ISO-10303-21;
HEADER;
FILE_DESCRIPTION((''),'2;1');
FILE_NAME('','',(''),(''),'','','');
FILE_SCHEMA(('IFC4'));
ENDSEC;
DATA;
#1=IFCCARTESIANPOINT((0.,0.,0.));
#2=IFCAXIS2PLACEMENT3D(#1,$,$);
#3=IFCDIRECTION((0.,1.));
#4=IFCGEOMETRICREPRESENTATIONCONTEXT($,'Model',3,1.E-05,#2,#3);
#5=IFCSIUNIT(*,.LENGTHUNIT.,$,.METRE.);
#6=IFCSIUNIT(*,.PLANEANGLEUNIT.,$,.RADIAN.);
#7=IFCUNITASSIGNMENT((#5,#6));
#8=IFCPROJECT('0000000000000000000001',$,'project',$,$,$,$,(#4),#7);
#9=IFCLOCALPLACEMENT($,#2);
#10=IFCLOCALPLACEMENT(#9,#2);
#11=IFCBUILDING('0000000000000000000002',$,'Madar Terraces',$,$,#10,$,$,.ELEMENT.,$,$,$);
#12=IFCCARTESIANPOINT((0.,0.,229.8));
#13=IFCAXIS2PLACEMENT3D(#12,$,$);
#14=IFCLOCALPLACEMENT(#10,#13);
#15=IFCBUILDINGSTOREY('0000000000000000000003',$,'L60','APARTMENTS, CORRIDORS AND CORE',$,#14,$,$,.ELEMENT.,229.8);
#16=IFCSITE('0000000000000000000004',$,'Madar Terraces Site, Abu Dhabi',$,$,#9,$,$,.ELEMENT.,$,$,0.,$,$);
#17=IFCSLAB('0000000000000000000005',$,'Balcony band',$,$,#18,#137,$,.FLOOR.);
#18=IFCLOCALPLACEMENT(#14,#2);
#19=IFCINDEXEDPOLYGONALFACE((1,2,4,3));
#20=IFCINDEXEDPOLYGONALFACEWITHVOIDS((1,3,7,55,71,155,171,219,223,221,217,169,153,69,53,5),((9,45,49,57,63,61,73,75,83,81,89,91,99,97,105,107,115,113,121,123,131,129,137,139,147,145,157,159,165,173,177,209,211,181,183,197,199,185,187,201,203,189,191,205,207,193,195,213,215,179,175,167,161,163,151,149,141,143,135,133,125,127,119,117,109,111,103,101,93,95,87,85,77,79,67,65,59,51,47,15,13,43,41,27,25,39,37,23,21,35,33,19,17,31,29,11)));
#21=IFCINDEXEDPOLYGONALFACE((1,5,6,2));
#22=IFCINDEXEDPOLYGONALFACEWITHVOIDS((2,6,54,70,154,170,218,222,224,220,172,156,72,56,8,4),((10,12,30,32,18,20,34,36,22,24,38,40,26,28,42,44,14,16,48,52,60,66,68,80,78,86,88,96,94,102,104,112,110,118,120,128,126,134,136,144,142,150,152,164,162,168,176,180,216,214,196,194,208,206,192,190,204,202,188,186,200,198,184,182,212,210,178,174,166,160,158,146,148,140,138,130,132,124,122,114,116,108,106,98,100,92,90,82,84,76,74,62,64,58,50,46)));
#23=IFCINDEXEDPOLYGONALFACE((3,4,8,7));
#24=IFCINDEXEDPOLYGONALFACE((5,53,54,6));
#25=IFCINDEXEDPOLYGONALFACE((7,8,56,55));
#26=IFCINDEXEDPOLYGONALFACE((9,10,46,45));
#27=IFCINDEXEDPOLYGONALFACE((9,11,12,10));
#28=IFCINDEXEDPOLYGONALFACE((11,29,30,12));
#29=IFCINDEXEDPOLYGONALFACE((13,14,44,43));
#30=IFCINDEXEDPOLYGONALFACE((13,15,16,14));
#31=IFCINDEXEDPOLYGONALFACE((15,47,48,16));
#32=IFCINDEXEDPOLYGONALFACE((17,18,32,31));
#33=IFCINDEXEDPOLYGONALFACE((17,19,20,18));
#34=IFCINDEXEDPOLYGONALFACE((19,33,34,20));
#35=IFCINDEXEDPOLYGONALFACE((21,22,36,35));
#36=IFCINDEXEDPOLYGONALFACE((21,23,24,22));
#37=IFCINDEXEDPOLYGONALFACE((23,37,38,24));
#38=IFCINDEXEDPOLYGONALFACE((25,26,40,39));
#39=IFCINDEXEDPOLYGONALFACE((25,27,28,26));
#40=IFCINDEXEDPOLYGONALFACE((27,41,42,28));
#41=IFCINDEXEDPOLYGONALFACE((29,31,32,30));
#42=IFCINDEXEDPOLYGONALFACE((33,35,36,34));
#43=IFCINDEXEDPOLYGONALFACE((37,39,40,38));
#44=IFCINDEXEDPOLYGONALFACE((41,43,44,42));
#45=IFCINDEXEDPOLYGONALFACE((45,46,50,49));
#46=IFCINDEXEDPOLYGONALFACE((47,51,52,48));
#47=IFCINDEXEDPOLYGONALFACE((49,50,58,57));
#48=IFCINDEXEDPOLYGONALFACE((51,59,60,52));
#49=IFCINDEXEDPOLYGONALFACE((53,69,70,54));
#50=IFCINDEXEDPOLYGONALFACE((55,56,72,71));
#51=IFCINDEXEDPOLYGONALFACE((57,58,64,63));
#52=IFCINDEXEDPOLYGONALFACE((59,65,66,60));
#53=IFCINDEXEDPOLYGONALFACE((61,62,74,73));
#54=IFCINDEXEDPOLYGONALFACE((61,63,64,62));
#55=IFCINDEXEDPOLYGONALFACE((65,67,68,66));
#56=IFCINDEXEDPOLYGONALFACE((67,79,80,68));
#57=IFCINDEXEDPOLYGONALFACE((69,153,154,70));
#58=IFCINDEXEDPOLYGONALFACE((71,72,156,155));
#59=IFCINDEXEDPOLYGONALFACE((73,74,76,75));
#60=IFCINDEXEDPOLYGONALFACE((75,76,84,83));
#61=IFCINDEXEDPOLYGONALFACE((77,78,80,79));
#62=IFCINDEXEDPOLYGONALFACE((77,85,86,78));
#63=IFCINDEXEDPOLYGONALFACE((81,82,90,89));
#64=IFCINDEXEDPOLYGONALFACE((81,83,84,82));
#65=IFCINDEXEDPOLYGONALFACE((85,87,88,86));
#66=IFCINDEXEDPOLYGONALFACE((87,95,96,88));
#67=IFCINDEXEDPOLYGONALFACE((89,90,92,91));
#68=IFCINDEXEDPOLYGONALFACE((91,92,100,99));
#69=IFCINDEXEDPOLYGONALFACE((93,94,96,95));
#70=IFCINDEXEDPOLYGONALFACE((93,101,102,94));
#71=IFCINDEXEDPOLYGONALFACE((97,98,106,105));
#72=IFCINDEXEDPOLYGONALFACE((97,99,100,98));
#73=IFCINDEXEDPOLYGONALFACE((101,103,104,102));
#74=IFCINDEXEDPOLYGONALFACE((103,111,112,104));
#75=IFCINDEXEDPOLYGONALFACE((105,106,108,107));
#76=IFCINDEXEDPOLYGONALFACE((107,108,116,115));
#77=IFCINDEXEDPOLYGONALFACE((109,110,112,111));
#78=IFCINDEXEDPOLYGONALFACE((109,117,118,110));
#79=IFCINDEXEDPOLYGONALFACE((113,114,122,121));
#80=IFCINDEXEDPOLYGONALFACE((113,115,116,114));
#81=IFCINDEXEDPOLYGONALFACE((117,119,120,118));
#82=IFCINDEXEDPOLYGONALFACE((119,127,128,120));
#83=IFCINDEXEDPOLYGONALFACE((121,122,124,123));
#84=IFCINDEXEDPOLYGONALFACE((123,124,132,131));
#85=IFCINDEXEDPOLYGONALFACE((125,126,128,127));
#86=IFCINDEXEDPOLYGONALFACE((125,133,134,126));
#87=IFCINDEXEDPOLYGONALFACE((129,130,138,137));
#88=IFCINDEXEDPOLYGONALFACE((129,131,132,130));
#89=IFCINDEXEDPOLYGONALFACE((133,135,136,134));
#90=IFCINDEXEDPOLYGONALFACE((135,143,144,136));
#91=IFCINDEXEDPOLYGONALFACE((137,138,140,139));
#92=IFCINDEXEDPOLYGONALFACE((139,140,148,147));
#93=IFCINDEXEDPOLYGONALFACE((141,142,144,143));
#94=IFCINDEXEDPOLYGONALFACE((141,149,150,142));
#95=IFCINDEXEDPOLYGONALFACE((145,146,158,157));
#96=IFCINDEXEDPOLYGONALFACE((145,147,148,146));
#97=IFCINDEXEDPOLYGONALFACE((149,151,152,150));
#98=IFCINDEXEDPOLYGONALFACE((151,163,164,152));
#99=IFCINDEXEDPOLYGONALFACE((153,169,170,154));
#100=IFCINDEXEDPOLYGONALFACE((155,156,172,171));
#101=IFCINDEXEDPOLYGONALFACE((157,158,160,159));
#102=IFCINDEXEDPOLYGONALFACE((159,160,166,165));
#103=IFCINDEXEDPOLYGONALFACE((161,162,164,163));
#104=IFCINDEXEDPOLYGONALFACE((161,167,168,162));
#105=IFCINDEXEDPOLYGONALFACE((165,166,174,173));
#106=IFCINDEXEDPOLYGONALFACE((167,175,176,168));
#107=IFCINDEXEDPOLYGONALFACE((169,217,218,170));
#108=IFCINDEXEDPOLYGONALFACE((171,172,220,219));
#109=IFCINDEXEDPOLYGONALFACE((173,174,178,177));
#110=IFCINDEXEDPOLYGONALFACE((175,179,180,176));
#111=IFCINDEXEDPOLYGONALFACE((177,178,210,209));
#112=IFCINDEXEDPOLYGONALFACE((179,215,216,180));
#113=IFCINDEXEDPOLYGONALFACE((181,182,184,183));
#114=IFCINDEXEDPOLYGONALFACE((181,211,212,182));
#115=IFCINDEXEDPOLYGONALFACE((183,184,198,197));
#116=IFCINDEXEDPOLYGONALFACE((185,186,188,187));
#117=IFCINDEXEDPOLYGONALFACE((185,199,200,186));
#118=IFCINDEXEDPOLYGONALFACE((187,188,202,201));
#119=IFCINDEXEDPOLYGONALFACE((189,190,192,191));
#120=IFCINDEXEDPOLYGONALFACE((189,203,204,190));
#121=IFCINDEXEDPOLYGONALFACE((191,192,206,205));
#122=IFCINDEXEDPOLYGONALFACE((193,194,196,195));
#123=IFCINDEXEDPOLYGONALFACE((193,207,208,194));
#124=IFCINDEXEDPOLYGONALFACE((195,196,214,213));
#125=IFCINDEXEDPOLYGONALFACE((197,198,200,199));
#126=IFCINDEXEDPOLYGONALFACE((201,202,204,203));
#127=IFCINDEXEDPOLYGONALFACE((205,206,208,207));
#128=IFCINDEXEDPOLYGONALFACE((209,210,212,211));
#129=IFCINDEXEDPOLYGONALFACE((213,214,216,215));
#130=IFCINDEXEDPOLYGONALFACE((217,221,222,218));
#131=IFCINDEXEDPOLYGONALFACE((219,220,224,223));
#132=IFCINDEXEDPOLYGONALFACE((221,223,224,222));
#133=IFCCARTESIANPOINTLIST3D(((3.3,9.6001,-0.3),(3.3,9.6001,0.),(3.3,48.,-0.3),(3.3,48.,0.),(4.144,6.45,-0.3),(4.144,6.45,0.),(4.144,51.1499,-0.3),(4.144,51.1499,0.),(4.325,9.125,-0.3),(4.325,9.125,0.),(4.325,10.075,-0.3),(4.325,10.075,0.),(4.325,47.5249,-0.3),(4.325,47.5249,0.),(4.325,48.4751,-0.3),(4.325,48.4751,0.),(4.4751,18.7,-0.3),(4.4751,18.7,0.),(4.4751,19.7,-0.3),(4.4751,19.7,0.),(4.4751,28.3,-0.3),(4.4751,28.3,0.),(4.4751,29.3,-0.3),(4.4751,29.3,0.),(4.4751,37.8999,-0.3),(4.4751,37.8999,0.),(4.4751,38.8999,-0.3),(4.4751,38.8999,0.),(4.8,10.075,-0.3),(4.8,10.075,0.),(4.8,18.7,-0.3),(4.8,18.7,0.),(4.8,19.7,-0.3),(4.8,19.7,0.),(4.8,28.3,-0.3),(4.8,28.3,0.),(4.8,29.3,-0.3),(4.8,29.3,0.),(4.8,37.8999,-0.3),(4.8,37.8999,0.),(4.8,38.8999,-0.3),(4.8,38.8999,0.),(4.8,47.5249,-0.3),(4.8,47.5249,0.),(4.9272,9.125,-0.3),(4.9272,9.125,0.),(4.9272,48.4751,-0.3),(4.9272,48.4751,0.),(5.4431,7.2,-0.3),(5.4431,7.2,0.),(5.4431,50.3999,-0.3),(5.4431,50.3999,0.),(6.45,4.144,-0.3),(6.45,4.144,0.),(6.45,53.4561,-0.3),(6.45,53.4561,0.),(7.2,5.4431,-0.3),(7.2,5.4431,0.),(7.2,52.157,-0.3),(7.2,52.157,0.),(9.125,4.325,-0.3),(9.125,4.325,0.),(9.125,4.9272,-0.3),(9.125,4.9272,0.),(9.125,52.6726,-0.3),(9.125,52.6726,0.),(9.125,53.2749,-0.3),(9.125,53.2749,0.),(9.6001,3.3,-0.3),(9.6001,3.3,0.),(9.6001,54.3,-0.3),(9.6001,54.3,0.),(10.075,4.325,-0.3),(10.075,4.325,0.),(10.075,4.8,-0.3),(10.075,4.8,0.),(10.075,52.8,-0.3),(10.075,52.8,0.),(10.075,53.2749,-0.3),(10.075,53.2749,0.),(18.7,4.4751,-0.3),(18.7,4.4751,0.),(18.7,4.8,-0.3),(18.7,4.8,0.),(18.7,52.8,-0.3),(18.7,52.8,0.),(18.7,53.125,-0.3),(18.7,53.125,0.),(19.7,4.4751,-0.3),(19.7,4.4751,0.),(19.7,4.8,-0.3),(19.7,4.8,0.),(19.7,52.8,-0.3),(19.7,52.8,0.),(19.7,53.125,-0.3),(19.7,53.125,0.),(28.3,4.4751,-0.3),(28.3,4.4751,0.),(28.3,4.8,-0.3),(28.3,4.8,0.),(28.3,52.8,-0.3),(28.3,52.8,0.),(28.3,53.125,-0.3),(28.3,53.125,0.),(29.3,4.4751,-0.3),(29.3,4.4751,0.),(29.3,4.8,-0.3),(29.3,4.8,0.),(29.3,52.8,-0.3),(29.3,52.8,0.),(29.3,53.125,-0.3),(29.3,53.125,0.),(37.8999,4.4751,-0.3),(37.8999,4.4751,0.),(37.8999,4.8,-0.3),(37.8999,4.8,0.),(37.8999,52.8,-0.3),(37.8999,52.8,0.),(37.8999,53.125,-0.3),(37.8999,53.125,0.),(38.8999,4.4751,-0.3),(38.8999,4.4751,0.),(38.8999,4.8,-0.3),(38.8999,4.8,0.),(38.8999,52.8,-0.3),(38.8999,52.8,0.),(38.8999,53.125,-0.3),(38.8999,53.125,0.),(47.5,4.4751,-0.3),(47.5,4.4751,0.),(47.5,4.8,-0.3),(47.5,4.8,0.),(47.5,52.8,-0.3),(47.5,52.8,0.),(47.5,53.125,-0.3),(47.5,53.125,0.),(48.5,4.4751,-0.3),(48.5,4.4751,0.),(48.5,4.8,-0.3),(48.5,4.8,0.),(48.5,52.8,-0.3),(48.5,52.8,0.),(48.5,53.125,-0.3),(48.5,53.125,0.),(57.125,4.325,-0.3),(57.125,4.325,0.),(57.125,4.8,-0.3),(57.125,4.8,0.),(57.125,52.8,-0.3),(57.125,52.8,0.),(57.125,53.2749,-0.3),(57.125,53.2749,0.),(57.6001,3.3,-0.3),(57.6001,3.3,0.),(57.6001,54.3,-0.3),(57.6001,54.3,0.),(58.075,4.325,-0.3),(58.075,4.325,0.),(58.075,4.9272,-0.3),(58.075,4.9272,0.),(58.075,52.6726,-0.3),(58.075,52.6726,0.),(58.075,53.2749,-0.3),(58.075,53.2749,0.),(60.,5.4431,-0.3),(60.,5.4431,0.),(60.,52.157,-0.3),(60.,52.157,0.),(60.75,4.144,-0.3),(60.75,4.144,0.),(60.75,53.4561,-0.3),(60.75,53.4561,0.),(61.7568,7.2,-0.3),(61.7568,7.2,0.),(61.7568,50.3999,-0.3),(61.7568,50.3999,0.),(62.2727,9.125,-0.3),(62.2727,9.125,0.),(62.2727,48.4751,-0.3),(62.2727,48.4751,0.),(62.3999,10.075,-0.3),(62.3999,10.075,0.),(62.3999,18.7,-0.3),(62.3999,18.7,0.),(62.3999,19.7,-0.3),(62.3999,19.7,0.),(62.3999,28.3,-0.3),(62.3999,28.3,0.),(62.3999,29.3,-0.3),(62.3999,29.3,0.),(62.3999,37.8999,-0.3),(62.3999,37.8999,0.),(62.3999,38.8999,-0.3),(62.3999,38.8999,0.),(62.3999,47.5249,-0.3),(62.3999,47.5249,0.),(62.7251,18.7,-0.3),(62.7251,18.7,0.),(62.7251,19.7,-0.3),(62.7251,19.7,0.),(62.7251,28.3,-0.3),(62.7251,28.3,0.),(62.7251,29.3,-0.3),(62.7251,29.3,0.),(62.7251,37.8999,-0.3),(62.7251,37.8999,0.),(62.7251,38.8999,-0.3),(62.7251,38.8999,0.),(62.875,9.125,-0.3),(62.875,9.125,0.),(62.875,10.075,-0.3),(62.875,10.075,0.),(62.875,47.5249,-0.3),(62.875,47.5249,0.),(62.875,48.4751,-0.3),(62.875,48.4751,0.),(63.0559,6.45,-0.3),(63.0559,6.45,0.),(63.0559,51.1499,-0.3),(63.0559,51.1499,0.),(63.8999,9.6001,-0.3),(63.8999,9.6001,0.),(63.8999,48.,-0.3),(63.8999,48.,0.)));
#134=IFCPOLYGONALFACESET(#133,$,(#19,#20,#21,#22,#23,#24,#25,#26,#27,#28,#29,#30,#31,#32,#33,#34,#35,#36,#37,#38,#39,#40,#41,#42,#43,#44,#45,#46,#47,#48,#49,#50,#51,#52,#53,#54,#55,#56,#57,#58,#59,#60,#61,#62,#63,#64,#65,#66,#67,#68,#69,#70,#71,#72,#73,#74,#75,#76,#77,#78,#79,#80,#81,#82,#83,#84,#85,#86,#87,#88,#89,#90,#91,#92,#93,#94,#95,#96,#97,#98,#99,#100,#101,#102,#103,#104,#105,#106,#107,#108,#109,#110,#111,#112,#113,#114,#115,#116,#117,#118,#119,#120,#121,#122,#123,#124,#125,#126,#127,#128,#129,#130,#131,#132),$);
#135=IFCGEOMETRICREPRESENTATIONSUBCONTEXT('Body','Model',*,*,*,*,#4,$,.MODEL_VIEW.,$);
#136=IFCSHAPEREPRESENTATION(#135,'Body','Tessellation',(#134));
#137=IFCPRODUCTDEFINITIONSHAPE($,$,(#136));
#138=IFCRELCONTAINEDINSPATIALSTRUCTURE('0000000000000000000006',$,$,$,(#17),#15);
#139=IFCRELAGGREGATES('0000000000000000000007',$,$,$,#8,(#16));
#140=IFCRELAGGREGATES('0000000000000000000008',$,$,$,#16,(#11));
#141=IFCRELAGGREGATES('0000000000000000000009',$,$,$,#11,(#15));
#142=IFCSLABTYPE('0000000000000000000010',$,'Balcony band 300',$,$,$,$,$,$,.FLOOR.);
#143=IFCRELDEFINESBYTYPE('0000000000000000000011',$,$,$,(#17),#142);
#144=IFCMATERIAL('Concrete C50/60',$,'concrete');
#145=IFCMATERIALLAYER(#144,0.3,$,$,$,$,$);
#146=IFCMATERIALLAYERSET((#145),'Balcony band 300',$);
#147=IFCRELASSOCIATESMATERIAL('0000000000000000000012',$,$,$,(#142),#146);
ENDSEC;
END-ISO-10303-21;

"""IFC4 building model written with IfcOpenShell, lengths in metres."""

from ifc_helpers import new_model, si_unit, direction, frame, origin, place, context, subcontext, project, spatial, polyline, outline, extrude, material, layer, layer_set, type_object, element, save


model = new_model("IFC4")

# Units and contexts
model_context = context("Model", 3, precision=1e-05, world=origin(), true_north=direction((0.0, 1.0)))
body_context = subcontext(model_context, "Body", "Model", "MODEL_VIEW")
ifc_project = project(units=[si_unit("LENGTHUNIT", "METRE"), si_unit("PLANEANGLEUNIT", "RADIAN")], contexts=[model_context])

# Site, building, storey
site_placement = place(None, origin())
site = spatial("IfcSite", under=ifc_project, at=site_placement, Name="Madar Terraces Site, Abu Dhabi", CompositionType="ELEMENT", RefElevation=0.0)
building_placement = place(site_placement, origin())
building = spatial("IfcBuilding", under=site, at=building_placement, Name="Madar Terraces", CompositionType="ELEMENT")
storey_placement = place(building_placement, frame((0.0, 0.0, 229.8)))
storey = spatial("IfcBuildingStorey", under=building, at=storey_placement, Name="L60", Description="APARTMENTS, CORRIDORS AND CORE", CompositionType="ELEMENT", Elevation=229.8)

# Slab
ifc_material_1 = material(Name="Concrete C50/60", Category="concrete")
ifc_layer_1 = layer(ifc_material_1, 0.3)
ifc_layer_set_1 = layer_set([ifc_layer_1], Name="Balcony band 300")
slab_type_1 = type_object("IfcSlabType", Name="Balcony band 300", PredefinedType="FLOOR", material=ifc_layer_set_1)
slab_1_placement = place(storey_placement, frame((0.0, 0.0, -0.3)))
element("IfcSlab", 1, at=slab_1_placement, inside=storey, type_object=slab_type_1, Name="Balcony band", PredefinedType="FLOOR", context=body_context, shape_type="SweptSolid", body=[
    extrude(outline(polyline([(9.6001, 3.3), (6.45, 4.144), (4.144, 6.45), (3.3, 9.6001), (3.3, 48.0), (4.144, 51.1499), (6.45, 53.4561), (9.6001, 54.3), (57.6001, 54.3), (60.75, 53.4561), (63.0559, 51.1499), (63.8999, 48.0), (63.8999, 9.6001), (63.0559, 6.45), (60.75, 4.144), (57.6001, 3.3), (9.6001, 3.3)]), holes=[polyline([(10.075, 4.325), (10.075, 4.8), (18.7, 4.8), (18.7, 4.4751), (19.7, 4.4751), (19.7, 4.8), (28.3, 4.8), (28.3, 4.4751), (29.3, 4.4751), (29.3, 4.8), (37.8999, 4.8), (37.8999, 4.4751), (38.8999, 4.4751), (38.8999, 4.8), (47.5, 4.8), (47.5, 4.4751), (48.5, 4.4751), (48.5, 4.8), (57.125, 4.8), (57.125, 4.325), (58.075, 4.325), (58.075, 4.9272), (60.0, 5.4431), (61.7568, 7.2), (62.2727, 9.125), (62.875, 9.125), (62.875, 10.075), (62.3999, 10.075), (62.3999, 18.7), (62.7251, 18.7), (62.7251, 19.7), (62.3999, 19.7), (62.3999, 28.3), (62.7251, 28.3), (62.7251, 29.3), (62.3999, 29.3), (62.3999, 37.8999), (62.7251, 37.8999), (62.7251, 38.8999), (62.3999, 38.8999), (62.3999, 47.5249), (62.875, 47.5249), (62.875, 48.4751), (62.2727, 48.4751), (61.7568, 50.3999), (60.0, 52.157), (58.075, 52.6726), (58.075, 53.2749), (57.125, 53.2749), (57.125, 52.8), (48.5, 52.8), (48.5, 53.125), (47.5, 53.125), (47.5, 52.8), (38.8999, 52.8), (38.8999, 53.125), (37.8999, 53.125), (37.8999, 52.8), (29.3, 52.8), (29.3, 53.125), (28.3, 53.125), (28.3, 52.8), (19.7, 52.8), (19.7, 53.125), (18.7, 53.125), (18.7, 52.8), (10.075, 52.8), (10.075, 53.2749), (9.125, 53.2749), (9.125, 52.6726), (7.2, 52.157), (5.4431, 50.3999), (4.9272, 48.4751), (4.325, 48.4751), (4.325, 47.5249), (4.8, 47.5249), (4.8, 38.8999), (4.4751, 38.8999), (4.4751, 37.8999), (4.8, 37.8999), (4.8, 29.3), (4.4751, 29.3), (4.4751, 28.3), (4.8, 28.3), (4.8, 19.7), (4.4751, 19.7), (4.4751, 18.7), (4.8, 18.7), (4.8, 10.075), (4.325, 10.075), (4.325, 9.125), (4.9272, 9.125), (5.4431, 7.2), (7.2, 5.4431), (9.125, 4.9272), (9.125, 4.325), (10.075, 4.325)])]), origin(), (0.0, 0.0, 1.0), 0.3),
])

save(model, "model.ifc")
